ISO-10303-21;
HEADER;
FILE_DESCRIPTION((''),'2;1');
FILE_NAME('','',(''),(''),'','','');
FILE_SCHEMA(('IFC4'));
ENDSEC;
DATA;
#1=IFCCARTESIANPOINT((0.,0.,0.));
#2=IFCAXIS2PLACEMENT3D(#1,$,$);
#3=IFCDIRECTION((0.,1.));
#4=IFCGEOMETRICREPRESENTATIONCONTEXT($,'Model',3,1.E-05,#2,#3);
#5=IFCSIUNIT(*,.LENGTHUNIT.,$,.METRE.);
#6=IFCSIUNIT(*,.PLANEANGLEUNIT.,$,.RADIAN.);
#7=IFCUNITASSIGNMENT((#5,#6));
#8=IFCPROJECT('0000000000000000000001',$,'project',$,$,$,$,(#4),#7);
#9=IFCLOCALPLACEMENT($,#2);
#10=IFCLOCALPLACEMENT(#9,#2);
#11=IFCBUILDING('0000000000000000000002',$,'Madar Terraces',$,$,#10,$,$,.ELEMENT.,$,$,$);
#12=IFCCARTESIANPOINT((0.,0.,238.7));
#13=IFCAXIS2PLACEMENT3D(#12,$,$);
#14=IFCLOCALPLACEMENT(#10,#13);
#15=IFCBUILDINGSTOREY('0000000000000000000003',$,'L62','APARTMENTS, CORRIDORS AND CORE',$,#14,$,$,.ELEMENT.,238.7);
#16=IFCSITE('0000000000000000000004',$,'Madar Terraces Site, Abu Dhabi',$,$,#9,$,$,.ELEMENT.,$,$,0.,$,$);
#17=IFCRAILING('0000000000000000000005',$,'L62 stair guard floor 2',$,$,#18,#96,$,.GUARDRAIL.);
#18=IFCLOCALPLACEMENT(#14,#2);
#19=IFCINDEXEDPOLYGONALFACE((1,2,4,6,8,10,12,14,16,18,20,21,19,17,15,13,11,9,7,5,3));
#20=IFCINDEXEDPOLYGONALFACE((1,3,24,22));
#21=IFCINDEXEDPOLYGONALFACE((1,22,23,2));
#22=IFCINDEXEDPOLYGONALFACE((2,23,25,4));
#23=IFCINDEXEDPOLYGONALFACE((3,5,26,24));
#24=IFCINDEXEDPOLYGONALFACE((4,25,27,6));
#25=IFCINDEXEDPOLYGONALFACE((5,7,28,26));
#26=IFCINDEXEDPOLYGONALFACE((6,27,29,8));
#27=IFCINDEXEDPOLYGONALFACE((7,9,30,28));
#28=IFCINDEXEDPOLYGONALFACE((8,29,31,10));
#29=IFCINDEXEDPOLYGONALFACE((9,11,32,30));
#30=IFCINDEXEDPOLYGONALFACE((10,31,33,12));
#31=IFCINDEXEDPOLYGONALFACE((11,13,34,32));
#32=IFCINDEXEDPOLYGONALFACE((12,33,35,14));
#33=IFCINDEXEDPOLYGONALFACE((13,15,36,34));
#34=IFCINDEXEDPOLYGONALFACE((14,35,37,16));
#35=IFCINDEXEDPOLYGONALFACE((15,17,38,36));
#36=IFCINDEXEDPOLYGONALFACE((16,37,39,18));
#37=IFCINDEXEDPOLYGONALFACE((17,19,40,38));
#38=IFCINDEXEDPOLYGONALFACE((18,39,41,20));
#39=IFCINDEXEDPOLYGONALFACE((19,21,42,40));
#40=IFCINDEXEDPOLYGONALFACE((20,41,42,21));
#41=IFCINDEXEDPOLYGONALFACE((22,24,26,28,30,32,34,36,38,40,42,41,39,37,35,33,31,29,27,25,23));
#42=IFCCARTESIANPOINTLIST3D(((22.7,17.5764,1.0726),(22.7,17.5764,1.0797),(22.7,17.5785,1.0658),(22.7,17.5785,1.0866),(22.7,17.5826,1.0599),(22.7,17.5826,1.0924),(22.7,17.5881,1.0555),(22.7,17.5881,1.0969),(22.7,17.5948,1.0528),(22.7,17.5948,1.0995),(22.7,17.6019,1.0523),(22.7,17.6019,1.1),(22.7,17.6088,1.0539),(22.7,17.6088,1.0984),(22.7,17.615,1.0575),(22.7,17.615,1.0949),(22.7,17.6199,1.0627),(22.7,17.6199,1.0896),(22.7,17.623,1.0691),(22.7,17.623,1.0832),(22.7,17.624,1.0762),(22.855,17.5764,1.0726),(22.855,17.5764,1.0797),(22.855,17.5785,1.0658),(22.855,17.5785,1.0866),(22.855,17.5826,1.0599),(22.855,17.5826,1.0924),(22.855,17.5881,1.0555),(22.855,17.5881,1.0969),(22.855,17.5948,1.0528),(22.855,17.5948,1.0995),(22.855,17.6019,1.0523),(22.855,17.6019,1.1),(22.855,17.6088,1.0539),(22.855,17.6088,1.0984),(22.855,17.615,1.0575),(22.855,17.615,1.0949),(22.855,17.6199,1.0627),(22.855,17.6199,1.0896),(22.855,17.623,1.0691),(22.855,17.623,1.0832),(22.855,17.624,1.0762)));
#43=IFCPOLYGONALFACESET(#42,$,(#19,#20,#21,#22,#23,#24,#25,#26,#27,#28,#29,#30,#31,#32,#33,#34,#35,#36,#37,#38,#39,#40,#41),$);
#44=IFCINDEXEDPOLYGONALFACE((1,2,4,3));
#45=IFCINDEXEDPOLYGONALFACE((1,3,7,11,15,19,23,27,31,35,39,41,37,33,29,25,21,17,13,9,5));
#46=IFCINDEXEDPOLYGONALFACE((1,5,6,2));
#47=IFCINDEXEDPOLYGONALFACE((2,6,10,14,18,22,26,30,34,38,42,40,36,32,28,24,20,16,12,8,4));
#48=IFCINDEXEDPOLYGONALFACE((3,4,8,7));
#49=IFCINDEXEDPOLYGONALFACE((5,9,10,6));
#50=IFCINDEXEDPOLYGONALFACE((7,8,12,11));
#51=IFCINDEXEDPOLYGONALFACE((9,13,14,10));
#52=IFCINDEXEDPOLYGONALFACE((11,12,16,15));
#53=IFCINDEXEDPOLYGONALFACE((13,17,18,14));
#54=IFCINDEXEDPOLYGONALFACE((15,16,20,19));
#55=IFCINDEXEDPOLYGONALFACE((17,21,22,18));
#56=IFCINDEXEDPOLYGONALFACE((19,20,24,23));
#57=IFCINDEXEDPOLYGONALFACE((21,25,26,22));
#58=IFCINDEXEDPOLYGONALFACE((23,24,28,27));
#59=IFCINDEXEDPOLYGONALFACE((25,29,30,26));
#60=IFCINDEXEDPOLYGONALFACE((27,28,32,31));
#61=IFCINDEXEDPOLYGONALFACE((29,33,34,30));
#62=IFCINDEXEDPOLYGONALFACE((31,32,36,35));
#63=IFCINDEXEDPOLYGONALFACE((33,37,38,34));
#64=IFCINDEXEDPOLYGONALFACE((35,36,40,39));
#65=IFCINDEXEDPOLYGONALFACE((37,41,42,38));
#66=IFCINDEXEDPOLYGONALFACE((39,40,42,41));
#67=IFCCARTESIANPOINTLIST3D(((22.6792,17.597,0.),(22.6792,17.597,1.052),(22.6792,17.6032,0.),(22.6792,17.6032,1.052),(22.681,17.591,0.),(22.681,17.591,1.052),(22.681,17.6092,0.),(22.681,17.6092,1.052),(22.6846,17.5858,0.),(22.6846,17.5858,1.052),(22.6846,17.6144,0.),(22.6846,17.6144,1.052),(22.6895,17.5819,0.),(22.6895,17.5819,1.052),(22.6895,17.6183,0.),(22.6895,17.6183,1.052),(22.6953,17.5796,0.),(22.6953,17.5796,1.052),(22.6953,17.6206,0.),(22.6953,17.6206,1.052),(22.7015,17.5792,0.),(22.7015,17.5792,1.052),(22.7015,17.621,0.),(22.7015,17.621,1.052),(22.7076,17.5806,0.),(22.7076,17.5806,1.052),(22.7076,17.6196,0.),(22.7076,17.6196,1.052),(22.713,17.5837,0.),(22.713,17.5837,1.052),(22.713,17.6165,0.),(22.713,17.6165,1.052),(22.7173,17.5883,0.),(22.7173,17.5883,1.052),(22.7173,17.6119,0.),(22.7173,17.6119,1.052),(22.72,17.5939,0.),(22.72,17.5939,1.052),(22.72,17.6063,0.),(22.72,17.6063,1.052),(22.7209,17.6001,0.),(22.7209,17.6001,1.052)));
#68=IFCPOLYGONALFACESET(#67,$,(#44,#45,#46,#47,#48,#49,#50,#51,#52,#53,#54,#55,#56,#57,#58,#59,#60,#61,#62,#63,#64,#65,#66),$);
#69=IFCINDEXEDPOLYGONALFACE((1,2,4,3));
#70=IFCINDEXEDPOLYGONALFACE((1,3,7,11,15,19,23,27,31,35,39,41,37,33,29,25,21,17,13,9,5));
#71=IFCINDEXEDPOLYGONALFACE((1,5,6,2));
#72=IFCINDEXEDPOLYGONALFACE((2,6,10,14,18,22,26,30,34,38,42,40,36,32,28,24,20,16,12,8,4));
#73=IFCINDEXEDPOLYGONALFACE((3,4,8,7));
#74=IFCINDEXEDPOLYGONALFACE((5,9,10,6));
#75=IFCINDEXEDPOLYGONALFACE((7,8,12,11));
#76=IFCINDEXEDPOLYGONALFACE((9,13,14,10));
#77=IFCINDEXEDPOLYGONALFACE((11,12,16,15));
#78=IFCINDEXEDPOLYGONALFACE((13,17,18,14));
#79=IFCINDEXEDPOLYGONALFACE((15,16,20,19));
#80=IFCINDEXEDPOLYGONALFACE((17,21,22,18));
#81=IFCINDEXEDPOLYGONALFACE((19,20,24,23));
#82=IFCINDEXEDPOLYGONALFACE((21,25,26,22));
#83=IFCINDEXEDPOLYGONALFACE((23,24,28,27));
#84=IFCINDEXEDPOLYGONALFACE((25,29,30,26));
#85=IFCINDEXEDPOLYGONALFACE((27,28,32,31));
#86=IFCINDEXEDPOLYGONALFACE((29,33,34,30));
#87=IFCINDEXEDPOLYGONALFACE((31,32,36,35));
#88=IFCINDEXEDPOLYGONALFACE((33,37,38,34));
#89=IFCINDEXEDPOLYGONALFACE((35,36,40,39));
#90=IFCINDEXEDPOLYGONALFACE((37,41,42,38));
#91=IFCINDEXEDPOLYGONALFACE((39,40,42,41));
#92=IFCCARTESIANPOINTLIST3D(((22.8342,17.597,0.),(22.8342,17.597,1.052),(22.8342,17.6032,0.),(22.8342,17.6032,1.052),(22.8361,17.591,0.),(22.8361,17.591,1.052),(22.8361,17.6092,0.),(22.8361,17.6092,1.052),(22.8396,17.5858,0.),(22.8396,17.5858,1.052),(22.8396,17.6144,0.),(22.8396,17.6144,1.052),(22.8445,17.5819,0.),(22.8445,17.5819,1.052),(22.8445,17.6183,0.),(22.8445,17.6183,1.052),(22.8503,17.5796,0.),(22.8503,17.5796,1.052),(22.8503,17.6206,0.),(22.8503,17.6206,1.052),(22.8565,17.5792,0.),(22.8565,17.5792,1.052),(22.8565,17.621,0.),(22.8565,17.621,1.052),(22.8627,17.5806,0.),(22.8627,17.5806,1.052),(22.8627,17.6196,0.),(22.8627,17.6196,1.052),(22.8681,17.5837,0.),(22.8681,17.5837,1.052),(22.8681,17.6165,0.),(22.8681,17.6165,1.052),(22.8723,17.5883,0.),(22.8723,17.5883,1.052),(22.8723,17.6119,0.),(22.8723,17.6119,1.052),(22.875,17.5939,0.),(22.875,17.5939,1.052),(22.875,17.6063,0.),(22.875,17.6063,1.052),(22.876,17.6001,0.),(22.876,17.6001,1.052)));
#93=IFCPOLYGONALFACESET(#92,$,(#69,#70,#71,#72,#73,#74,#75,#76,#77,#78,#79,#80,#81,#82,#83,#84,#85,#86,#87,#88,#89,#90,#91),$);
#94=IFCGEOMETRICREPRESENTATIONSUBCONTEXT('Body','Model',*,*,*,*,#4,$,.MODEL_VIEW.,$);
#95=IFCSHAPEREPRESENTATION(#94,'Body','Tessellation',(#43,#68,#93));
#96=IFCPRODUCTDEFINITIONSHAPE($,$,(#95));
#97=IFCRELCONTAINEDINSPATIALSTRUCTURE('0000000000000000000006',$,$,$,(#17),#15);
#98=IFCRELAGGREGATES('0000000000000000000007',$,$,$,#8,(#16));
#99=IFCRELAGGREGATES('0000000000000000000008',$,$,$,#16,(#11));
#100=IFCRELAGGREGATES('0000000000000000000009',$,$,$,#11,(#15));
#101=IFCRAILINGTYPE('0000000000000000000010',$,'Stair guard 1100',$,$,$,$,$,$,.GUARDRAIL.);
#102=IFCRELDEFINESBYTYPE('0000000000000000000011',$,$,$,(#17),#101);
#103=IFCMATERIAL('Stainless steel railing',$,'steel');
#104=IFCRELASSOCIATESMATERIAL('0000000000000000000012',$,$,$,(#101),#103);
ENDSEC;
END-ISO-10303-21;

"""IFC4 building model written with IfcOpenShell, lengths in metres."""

from ifc_helpers import new_model, si_unit, direction, frame, origin, origin_2d, place, context, subcontext, project, spatial, circle, extrude, material, type_object, element, save


model = new_model("IFC4")

# Units and contexts
model_context = context("Model", 3, precision=1e-05, world=origin(), true_north=direction((0.0, 1.0)))
body_context = subcontext(model_context, "Body", "Model", "MODEL_VIEW")
ifc_project = project(units=[si_unit("LENGTHUNIT", "METRE"), si_unit("PLANEANGLEUNIT", "RADIAN")], contexts=[model_context])

# Site, building, storey
site_placement = place(None, origin())
site = spatial("IfcSite", under=ifc_project, at=site_placement, Name="Madar Terraces Site, Abu Dhabi", CompositionType="ELEMENT", RefElevation=0.0)
building_placement = place(site_placement, origin())
building = spatial("IfcBuilding", under=site, at=building_placement, Name="Madar Terraces", CompositionType="ELEMENT")
storey_placement = place(building_placement, frame((0.0, 0.0, 238.7)))
storey = spatial("IfcBuildingStorey", under=building, at=storey_placement, Name="L62", Description="APARTMENTS, CORRIDORS AND CORE", CompositionType="ELEMENT", Elevation=238.7)

# Railing
ifc_material_1 = material(Name="Stainless steel railing", Category="steel")
railing_type_1 = type_object("IfcRailingType", Name="Stair guard 1100", PredefinedType="GUARDRAIL", material=ifc_material_1)
for number, where, name in (
    (1, (22.7, 17.6001, 0.0), "L62 stair guard floor 2"),
):
    element("IfcRailing", number, at=place(storey_placement, frame(where)), inside=storey, type_object=railing_type_1, Name=name, PredefinedType="GUARDRAIL", context=body_context, shape_type="SweptSolid", body=[
        extrude(circle(Radius=0.0239, at=origin_2d()), frame((0.0, 0.0, 1.0762), z_axis=(1.0, 0.0, 0.0), x_axis=(0.0, 1.0, 0.0)), (0.0, 0.0, 1.0), 0.155),
        extrude(circle(Radius=0.021, at=origin_2d()), origin(), (0.0, 0.0, 1.0), 1.052),
        extrude(circle(Radius=0.021, at=origin_2d()), frame((0.155, 0.0, 0.0)), (0.0, 0.0, 1.0), 1.052),
    ])

save(model, "model.ifc")
